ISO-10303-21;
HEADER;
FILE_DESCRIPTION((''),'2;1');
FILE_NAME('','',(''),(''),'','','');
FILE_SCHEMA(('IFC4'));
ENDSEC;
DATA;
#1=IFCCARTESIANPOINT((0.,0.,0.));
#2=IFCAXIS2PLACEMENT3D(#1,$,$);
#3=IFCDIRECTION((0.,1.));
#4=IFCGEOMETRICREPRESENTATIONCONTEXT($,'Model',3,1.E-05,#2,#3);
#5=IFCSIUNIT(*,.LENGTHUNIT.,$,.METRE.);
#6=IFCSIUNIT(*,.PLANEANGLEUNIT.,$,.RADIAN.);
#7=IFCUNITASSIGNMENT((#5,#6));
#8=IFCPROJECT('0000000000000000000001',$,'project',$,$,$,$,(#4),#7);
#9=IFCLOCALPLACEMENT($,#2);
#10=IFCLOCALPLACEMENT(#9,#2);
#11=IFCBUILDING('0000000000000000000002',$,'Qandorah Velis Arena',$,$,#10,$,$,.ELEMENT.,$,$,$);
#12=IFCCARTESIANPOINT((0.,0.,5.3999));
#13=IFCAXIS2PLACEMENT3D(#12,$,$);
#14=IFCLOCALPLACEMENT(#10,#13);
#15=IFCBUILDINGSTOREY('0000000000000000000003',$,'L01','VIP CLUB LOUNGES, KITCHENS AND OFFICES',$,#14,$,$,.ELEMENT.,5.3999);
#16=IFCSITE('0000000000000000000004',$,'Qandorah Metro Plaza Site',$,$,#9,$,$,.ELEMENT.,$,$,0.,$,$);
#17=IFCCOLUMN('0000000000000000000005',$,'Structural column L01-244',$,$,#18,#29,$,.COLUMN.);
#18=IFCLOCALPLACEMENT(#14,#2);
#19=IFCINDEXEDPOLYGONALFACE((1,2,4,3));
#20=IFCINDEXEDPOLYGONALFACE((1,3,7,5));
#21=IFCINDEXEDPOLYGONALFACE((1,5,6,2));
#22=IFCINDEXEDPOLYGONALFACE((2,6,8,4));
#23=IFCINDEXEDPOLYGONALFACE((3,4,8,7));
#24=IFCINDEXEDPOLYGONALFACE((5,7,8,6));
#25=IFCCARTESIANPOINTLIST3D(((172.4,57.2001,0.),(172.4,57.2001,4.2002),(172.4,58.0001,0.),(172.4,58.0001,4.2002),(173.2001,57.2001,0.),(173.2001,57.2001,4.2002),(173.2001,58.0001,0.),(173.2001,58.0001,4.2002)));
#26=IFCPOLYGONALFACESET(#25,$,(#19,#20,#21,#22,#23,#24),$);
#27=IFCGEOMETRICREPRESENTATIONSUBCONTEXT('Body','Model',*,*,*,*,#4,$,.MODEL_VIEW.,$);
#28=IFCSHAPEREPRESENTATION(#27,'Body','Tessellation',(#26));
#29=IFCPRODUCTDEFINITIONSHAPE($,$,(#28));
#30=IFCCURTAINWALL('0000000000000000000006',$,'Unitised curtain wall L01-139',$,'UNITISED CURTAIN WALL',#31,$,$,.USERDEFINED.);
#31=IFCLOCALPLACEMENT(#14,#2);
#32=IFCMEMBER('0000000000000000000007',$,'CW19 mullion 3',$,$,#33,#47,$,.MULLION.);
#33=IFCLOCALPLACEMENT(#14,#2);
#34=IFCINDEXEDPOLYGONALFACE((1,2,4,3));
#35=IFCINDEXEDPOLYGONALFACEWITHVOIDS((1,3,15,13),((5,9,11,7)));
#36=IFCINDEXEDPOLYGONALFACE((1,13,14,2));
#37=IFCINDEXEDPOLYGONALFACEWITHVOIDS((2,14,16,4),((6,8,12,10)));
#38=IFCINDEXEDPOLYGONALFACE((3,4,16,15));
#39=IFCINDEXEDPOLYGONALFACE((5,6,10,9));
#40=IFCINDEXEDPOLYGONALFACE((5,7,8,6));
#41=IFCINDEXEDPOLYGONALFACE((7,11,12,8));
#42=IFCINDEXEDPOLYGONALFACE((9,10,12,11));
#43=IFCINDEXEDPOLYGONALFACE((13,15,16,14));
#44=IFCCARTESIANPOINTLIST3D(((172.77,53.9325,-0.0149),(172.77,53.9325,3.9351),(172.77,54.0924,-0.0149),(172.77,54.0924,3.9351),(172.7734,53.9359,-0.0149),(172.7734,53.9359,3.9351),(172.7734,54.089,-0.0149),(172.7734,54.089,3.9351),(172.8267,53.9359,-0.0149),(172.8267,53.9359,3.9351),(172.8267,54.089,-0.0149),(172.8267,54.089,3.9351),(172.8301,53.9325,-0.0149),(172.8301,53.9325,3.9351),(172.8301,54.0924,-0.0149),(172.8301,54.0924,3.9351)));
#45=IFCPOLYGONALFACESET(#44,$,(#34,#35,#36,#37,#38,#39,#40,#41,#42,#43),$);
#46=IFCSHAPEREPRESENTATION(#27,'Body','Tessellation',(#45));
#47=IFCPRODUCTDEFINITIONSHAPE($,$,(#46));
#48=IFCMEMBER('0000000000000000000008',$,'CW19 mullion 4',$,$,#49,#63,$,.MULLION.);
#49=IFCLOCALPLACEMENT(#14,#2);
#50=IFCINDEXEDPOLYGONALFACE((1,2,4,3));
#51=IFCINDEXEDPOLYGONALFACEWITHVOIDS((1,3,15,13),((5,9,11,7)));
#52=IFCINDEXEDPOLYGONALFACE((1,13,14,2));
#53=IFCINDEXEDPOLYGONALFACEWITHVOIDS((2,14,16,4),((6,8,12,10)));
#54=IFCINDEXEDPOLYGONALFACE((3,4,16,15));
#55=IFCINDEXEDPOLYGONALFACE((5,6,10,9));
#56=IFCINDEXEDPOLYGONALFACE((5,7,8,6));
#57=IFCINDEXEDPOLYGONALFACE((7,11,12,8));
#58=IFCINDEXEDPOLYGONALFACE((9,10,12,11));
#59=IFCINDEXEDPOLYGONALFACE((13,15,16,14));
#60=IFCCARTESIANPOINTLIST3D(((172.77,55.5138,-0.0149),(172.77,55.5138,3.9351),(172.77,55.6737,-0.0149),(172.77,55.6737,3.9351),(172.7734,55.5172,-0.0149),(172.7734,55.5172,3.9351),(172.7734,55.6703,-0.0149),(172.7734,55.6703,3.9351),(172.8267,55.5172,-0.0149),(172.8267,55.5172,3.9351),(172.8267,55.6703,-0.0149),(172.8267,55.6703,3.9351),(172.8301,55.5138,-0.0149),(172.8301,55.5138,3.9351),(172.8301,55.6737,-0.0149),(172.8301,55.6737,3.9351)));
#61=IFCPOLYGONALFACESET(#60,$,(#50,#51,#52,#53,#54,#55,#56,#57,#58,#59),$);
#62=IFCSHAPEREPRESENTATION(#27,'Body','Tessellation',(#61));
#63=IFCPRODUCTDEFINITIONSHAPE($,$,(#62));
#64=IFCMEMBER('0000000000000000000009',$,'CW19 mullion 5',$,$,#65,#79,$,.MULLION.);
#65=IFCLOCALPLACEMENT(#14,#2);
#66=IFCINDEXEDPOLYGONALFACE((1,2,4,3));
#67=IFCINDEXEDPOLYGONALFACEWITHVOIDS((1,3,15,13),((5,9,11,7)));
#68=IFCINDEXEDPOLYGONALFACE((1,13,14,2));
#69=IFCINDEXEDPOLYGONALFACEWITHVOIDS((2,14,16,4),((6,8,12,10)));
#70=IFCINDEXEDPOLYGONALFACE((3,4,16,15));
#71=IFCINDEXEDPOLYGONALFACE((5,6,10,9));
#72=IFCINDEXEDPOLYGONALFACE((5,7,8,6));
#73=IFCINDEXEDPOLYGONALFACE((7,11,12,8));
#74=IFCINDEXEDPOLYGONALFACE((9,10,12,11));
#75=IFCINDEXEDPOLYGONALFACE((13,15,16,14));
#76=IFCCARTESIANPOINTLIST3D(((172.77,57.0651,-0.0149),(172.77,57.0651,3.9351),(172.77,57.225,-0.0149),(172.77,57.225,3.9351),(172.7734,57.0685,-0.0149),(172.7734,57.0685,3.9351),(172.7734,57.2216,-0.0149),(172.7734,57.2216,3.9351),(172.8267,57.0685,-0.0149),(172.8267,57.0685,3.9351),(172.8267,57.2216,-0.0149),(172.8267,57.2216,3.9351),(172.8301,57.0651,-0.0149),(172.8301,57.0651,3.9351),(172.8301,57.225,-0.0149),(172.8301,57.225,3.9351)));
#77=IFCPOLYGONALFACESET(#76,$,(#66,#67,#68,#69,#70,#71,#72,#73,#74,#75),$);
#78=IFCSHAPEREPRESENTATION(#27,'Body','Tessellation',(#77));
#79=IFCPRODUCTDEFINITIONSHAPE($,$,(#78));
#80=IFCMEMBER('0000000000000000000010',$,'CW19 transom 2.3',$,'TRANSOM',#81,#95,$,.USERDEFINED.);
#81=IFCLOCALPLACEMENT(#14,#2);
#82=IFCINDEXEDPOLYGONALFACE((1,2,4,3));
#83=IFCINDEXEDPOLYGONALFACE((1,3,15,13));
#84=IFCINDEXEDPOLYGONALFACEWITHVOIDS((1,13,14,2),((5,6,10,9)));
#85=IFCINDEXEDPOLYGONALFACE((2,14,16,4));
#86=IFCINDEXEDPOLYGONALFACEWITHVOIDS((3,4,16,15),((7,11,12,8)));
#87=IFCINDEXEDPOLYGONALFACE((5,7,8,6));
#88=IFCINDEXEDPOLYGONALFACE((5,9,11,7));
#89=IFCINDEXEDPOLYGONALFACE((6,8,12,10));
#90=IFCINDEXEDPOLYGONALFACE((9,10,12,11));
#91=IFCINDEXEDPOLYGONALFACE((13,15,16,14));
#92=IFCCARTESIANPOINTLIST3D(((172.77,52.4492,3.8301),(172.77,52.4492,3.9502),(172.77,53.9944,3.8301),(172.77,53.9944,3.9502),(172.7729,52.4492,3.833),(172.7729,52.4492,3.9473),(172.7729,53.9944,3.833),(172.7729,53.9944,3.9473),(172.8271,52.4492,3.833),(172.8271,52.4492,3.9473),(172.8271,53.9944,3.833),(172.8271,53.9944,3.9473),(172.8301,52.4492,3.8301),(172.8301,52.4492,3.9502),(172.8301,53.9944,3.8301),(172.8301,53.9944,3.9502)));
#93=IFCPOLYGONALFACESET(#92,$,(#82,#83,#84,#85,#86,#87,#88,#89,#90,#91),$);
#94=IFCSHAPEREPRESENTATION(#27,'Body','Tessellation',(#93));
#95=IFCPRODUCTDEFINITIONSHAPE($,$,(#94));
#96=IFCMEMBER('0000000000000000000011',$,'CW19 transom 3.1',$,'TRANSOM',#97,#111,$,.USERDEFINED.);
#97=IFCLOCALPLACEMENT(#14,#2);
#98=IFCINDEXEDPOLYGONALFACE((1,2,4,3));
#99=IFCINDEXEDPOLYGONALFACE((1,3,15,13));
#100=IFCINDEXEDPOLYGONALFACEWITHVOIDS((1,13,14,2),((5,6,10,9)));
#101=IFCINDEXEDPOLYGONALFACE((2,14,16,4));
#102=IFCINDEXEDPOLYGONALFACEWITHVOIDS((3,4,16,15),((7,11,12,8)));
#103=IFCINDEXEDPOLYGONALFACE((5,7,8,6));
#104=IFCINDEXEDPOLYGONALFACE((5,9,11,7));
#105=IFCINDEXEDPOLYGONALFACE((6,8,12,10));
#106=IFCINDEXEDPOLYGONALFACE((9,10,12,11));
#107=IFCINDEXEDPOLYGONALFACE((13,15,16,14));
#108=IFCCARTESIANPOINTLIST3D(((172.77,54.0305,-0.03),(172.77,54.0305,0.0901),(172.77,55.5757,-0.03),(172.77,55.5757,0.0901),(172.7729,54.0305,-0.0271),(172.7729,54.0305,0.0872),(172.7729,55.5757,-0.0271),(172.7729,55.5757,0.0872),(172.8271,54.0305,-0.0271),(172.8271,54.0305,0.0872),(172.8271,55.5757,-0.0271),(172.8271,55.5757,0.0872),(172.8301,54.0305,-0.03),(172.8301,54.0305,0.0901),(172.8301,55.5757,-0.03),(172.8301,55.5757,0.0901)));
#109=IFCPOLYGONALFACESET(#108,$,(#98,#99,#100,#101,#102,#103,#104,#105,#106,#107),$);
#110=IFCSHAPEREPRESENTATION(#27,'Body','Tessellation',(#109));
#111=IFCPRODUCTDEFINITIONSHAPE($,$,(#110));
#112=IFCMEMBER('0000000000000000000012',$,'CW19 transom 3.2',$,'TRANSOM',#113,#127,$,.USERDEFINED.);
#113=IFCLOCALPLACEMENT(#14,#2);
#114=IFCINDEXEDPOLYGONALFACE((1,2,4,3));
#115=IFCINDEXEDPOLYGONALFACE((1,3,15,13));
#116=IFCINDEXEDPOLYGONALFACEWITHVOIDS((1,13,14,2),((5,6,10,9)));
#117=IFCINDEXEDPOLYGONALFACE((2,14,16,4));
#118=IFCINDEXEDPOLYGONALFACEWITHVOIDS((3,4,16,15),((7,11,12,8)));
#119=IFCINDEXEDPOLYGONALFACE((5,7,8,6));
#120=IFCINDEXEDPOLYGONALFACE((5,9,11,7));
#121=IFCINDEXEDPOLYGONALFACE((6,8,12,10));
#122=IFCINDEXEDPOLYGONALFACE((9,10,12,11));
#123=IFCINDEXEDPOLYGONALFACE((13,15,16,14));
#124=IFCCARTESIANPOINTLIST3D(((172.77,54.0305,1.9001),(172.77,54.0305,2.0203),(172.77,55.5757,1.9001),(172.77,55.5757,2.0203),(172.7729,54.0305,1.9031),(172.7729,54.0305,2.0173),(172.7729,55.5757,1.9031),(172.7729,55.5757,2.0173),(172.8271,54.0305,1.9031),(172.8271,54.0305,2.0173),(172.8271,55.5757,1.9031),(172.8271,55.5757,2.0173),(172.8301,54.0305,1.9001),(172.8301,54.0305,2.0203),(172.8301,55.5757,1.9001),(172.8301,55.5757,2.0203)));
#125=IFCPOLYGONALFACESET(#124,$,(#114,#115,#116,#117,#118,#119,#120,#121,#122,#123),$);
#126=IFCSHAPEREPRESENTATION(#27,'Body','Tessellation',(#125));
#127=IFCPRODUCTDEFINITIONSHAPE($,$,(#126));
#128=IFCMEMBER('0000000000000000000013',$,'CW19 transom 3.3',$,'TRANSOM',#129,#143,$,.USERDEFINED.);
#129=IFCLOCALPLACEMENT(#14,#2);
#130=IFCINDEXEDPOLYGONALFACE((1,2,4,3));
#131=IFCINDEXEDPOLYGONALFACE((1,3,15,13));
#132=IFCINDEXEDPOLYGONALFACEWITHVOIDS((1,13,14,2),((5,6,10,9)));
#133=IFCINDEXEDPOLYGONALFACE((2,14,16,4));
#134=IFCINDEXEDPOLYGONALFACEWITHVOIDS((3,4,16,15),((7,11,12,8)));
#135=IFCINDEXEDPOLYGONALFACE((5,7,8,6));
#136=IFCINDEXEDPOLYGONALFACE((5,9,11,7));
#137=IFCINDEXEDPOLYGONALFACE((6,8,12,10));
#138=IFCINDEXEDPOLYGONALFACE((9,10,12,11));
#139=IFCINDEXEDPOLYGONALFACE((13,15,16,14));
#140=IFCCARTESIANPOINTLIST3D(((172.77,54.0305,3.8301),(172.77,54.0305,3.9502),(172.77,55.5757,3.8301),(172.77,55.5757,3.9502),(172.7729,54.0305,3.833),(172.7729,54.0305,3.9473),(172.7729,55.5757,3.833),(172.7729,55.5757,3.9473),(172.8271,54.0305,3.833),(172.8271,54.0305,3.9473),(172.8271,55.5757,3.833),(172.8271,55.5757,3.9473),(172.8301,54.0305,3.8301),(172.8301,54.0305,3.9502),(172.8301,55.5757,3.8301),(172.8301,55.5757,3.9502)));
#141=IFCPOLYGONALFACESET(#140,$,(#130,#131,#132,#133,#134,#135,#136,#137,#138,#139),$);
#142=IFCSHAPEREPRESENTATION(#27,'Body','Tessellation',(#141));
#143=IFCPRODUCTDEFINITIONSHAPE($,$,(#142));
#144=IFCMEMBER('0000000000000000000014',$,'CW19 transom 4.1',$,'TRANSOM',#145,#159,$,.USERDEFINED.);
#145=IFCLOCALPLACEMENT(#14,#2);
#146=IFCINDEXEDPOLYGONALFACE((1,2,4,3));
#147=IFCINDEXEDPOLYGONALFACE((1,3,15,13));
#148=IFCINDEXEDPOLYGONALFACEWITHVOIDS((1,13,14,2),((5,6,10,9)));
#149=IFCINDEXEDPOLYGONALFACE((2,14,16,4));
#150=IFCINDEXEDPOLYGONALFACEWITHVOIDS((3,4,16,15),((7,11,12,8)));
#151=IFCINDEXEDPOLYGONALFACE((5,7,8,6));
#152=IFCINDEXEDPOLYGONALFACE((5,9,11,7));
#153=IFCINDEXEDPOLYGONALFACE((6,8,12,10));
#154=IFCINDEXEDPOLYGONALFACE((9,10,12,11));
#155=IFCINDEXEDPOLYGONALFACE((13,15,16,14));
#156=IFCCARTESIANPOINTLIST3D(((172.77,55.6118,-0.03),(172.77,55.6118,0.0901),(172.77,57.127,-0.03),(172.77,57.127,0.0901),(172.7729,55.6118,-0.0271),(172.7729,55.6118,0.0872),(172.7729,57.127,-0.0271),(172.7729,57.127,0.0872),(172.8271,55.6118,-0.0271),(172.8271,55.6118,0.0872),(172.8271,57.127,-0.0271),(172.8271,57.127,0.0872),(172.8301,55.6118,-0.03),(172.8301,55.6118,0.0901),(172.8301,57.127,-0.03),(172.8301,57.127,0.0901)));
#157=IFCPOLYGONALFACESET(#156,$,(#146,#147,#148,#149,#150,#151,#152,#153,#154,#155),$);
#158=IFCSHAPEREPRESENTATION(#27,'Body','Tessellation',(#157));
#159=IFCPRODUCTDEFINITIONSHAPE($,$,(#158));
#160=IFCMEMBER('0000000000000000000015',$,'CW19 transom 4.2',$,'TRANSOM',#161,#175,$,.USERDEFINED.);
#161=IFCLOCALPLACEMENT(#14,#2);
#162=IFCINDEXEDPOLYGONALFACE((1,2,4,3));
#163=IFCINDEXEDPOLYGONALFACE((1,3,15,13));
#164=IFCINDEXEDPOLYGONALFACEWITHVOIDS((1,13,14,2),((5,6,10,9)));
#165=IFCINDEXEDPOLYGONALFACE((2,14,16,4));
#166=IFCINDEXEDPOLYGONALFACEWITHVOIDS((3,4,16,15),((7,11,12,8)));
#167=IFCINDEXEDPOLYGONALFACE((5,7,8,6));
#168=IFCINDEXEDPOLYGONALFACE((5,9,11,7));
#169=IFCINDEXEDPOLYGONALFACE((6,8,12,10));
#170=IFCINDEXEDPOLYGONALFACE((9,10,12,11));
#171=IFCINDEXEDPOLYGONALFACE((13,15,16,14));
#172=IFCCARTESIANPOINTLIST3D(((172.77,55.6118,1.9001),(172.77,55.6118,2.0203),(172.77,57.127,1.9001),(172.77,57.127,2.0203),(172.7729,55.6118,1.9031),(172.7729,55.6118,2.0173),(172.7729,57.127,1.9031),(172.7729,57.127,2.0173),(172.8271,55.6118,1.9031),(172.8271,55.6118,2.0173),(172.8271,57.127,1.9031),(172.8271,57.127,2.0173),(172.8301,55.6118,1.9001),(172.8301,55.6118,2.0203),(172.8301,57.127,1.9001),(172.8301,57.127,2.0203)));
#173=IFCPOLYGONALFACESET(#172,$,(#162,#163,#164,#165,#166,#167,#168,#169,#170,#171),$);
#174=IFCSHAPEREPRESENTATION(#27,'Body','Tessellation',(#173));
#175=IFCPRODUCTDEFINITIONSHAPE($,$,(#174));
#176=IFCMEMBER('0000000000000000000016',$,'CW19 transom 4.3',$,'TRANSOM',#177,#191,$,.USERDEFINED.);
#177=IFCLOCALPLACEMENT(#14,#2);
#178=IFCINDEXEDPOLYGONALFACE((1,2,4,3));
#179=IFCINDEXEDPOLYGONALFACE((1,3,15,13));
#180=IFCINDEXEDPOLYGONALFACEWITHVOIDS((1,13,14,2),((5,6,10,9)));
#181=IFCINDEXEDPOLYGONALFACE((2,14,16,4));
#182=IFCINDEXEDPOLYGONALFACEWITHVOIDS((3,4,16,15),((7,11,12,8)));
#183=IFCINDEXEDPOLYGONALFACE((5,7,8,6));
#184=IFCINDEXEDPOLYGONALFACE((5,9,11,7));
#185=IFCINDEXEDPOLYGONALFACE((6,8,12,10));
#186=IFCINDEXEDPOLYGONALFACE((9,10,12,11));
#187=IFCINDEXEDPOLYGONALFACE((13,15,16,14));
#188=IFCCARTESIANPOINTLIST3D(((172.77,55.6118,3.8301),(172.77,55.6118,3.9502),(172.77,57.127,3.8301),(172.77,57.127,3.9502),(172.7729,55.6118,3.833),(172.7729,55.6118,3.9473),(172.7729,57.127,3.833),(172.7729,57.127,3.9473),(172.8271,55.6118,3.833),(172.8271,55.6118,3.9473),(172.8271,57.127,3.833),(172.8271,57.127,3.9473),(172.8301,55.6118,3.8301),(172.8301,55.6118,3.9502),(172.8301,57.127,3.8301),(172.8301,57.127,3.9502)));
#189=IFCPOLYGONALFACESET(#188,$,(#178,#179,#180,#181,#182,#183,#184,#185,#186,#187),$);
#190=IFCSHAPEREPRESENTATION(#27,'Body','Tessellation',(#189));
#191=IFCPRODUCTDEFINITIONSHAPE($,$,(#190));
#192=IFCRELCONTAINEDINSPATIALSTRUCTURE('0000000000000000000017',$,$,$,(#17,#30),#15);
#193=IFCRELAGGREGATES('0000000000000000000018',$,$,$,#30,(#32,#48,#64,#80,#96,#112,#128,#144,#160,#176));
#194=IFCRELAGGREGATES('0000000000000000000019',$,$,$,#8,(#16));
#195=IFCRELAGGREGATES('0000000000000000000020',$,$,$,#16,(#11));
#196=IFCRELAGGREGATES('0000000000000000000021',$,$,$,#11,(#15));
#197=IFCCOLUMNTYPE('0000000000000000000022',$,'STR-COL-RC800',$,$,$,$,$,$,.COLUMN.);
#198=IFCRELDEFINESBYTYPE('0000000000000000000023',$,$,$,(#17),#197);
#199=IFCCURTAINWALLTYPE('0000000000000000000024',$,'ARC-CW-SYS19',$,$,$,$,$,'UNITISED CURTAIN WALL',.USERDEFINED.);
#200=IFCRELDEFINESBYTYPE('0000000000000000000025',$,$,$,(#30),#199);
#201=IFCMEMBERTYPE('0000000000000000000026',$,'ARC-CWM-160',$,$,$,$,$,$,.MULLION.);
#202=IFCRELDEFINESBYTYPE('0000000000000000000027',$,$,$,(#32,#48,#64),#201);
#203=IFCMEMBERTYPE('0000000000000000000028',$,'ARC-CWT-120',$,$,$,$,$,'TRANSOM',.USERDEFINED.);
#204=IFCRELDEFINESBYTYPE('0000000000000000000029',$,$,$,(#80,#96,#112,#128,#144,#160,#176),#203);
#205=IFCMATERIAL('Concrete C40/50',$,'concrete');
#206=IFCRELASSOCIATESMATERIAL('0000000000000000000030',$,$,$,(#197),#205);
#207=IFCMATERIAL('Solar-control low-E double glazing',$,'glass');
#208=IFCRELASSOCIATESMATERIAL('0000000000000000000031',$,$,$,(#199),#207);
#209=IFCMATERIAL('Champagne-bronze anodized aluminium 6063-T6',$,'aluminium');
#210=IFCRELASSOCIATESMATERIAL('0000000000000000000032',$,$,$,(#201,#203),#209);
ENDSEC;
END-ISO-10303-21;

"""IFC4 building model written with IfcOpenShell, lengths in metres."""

from ifc_helpers import new_model, si_unit, direction, frame, origin, origin_2d, place, context, subcontext, project, spatial, rectangle, hollow_rectangle, extrude, material, material_profile, profile_set, type_object, element, aggregate, save


model = new_model("IFC4")

# Units and contexts
model_context = context("Model", 3, precision=1e-05, world=origin(), true_north=direction((0.0, 1.0)))
body_context = subcontext(model_context, "Body", "Model", "MODEL_VIEW")
ifc_project = project(units=[si_unit("LENGTHUNIT", "METRE"), si_unit("PLANEANGLEUNIT", "RADIAN")], contexts=[model_context])

# Site, building, storey
site_placement = place(None, origin())
site = spatial("IfcSite", under=ifc_project, at=site_placement, Name="Qandorah Metro Plaza Site", CompositionType="ELEMENT", RefElevation=0.0)
building_placement = place(site_placement, origin())
building = spatial("IfcBuilding", under=site, at=building_placement, Name="Qandorah Velis Arena", CompositionType="ELEMENT")
storey_placement = place(building_placement, frame((0.0, 0.0, 5.3999)))
storey = spatial("IfcBuildingStorey", under=building, at=storey_placement, Name="L01", Description="VIP CLUB LOUNGES, KITCHENS AND OFFICES", CompositionType="ELEMENT", Elevation=5.3999)

# Column
ifc_material_1 = material(Name="Concrete C40/50", Category="concrete")
ifc_material_profile_1 = material_profile(ifc_material_1, rectangle(XDim=0.8, YDim=0.8, at=origin_2d()), Name="RC COL 800x800")
ifc_profile_set_1 = profile_set([ifc_material_profile_1], Name="Concrete C40/50")
column_type = type_object("IfcColumnType", Name="STR-COL-RC800", PredefinedType="COLUMN", material=ifc_profile_set_1)
column_placement = place(storey_placement, frame((172.8, 57.6001, 0.0), z_axis=(0.0, 0.0, 1.0), x_axis=(1.0, 0.0, 0.0)))
element("IfcColumn", 1, at=column_placement, inside=storey, type_object=column_type, Name="Structural column L01-244", PredefinedType="COLUMN", context=body_context, shape_type="SweptSolid", body=[
    extrude(rectangle(XDim=0.8, YDim=0.8, at=origin_2d()), origin(), (0.0, 0.0, 1.0), 4.2002),
])

# Curtain wall, members
ifc_material_2 = material(Name="Solar-control low-E double glazing", Category="glass")
curtain_wall_type = type_object("IfcCurtainWallType", Name="ARC-CW-SYS19", ElementType="UNITISED CURTAIN WALL", PredefinedType="USERDEFINED", material=ifc_material_2)
curtain_wall_placement = place(storey_placement, origin())
curtain_wall = element("IfcCurtainWall", 2, at=curtain_wall_placement, inside=storey, type_object=curtain_wall_type, Name="Unitised curtain wall L01-139", ObjectType="UNITISED CURTAIN WALL", PredefinedType="USERDEFINED")
ifc_material_3 = material(Name="Champagne-bronze anodized aluminium 6063-T6", Category="aluminium")
ifc_material_profile_2 = material_profile(ifc_material_3, hollow_rectangle(XDim=0.0601, YDim=0.1599, WallThickness=0.0034, at=origin_2d()), Name="ALU MULLION 60x160")
ifc_profile_set_2 = profile_set([ifc_material_profile_2], Name="Champagne-bronze anodized aluminium 6063-T6")
member_type_1 = type_object("IfcMemberType", Name="ARC-CWM-160", PredefinedType="MULLION", material=ifc_profile_set_2)
member_1_placement = place(storey_placement, frame((172.8, 54.0125, -0.0149), z_axis=(0.0, 0.0, 1.0), x_axis=(-1.0, 0.0, 0.0)))
member_1 = element("IfcMember", 3, at=member_1_placement, type_object=member_type_1, Name="CW19 mullion 3", PredefinedType="MULLION", context=body_context, shape_type="SweptSolid", body=[
    extrude(hollow_rectangle(XDim=0.0601, YDim=0.1599, WallThickness=0.0034, at=origin_2d()), origin(), (0.0, 0.0, 1.0), 3.95),
])
member_2_placement = place(storey_placement, frame((172.8, 55.5938, -0.0149), z_axis=(0.0, 0.0, 1.0), x_axis=(-1.0, 0.0, 0.0)))
member_2 = element("IfcMember", 4, at=member_2_placement, type_object=member_type_1, Name="CW19 mullion 4", PredefinedType="MULLION", context=body_context, shape_type="SweptSolid", body=[
    extrude(hollow_rectangle(XDim=0.0601, YDim=0.1599, WallThickness=0.0034, at=origin_2d()), origin(), (0.0, 0.0, 1.0), 3.95),
])
member_3_placement = place(storey_placement, frame((172.8, 57.145, -0.0149), z_axis=(0.0, 0.0, 1.0), x_axis=(-1.0, 0.0, 0.0)))
member_3 = element("IfcMember", 5, at=member_3_placement, type_object=member_type_1, Name="CW19 mullion 5", PredefinedType="MULLION", context=body_context, shape_type="SweptSolid", body=[
    extrude(hollow_rectangle(XDim=0.0601, YDim=0.1599, WallThickness=0.0034, at=origin_2d()), origin(), (0.0, 0.0, 1.0), 3.95),
])
ifc_material_profile_3 = material_profile(ifc_material_3, hollow_rectangle(XDim=0.0601, YDim=0.1201, WallThickness=0.0029, at=origin_2d()), Name="ALU TRANSOM 60x120")
ifc_profile_set_3 = profile_set([ifc_material_profile_3], Name="Champagne-bronze anodized aluminium 6063-T6")
member_type_2 = type_object("IfcMemberType", Name="ARC-CWT-120", ElementType="TRANSOM", PredefinedType="USERDEFINED", material=ifc_profile_set_3)
member_4_placement = place(storey_placement, frame((172.8, 52.4492, 3.8901), z_axis=(0.0, 1.0, 0.0), x_axis=(-1.0, 0.0, 0.0)))
member_4 = element("IfcMember", 6, at=member_4_placement, type_object=member_type_2, Name="CW19 transom 2.3", ObjectType="TRANSOM", PredefinedType="USERDEFINED", context=body_context, shape_type="SweptSolid", body=[
    extrude(hollow_rectangle(XDim=0.0601, YDim=0.1201, WallThickness=0.0029, at=origin_2d()), origin(), (0.0, 0.0, 1.0), 1.5452),
])
member_5_placement = place(storey_placement, frame((172.8, 54.0305, 0.03), z_axis=(0.0, 1.0, 0.0), x_axis=(-1.0, 0.0, 0.0)))
member_5 = element("IfcMember", 7, at=member_5_placement, type_object=member_type_2, Name="CW19 transom 3.1", ObjectType="TRANSOM", PredefinedType="USERDEFINED", context=body_context, shape_type="SweptSolid", body=[
    extrude(hollow_rectangle(XDim=0.0601, YDim=0.1201, WallThickness=0.0029, at=origin_2d()), origin(), (0.0, 0.0, 1.0), 1.5452),
])
member_6_placement = place(storey_placement, frame((172.8, 54.0305, 1.9602), z_axis=(0.0, 1.0, 0.0), x_axis=(-1.0, 0.0, 0.0)))
member_6 = element("IfcMember", 8, at=member_6_placement, type_object=member_type_2, Name="CW19 transom 3.2", ObjectType="TRANSOM", PredefinedType="USERDEFINED", context=body_context, shape_type="SweptSolid", body=[
    extrude(hollow_rectangle(XDim=0.0601, YDim=0.1201, WallThickness=0.0029, at=origin_2d()), origin(), (0.0, 0.0, 1.0), 1.5452),
])
member_7_placement = place(storey_placement, frame((172.8, 54.0305, 3.8901), z_axis=(0.0, 1.0, 0.0), x_axis=(-1.0, 0.0, 0.0)))
member_7 = element("IfcMember", 9, at=member_7_placement, type_object=member_type_2, Name="CW19 transom 3.3", ObjectType="TRANSOM", PredefinedType="USERDEFINED", context=body_context, shape_type="SweptSolid", body=[
    extrude(hollow_rectangle(XDim=0.0601, YDim=0.1201, WallThickness=0.0029, at=origin_2d()), origin(), (0.0, 0.0, 1.0), 1.5452),
])
member_8_placement = place(storey_placement, frame((172.8, 55.6118, 0.03), z_axis=(0.0, 1.0, 0.0), x_axis=(-1.0, 0.0, 0.0)))
member_8 = element("IfcMember", 10, at=member_8_placement, type_object=member_type_2, Name="CW19 transom 4.1", ObjectType="TRANSOM", PredefinedType="USERDEFINED", context=body_context, shape_type="SweptSolid", body=[
    extrude(hollow_rectangle(XDim=0.0601, YDim=0.1201, WallThickness=0.0029, at=origin_2d()), origin(), (0.0, 0.0, 1.0), 1.5151),
])
member_9_placement = place(storey_placement, frame((172.8, 55.6118, 1.9602), z_axis=(0.0, 1.0, 0.0), x_axis=(-1.0, 0.0, 0.0)))
member_9 = element("IfcMember", 11, at=member_9_placement, type_object=member_type_2, Name="CW19 transom 4.2", ObjectType="TRANSOM", PredefinedType="USERDEFINED", context=body_context, shape_type="SweptSolid", body=[
    extrude(hollow_rectangle(XDim=0.0601, YDim=0.1201, WallThickness=0.0029, at=origin_2d()), origin(), (0.0, 0.0, 1.0), 1.5151),
])
member_10_placement = place(storey_placement, frame((172.8, 55.6118, 3.8901), z_axis=(0.0, 1.0, 0.0), x_axis=(-1.0, 0.0, 0.0)))
member_10 = element("IfcMember", 12, at=member_10_placement, type_object=member_type_2, Name="CW19 transom 4.3", ObjectType="TRANSOM", PredefinedType="USERDEFINED", context=body_context, shape_type="SweptSolid", body=[
    extrude(hollow_rectangle(XDim=0.0601, YDim=0.1201, WallThickness=0.0029, at=origin_2d()), origin(), (0.0, 0.0, 1.0), 1.5151),
])

aggregate(curtain_wall, [member_1, member_2, member_3, member_4, member_5, member_6, member_7, member_8, member_9, member_10])

save(model, "model.ifc")
